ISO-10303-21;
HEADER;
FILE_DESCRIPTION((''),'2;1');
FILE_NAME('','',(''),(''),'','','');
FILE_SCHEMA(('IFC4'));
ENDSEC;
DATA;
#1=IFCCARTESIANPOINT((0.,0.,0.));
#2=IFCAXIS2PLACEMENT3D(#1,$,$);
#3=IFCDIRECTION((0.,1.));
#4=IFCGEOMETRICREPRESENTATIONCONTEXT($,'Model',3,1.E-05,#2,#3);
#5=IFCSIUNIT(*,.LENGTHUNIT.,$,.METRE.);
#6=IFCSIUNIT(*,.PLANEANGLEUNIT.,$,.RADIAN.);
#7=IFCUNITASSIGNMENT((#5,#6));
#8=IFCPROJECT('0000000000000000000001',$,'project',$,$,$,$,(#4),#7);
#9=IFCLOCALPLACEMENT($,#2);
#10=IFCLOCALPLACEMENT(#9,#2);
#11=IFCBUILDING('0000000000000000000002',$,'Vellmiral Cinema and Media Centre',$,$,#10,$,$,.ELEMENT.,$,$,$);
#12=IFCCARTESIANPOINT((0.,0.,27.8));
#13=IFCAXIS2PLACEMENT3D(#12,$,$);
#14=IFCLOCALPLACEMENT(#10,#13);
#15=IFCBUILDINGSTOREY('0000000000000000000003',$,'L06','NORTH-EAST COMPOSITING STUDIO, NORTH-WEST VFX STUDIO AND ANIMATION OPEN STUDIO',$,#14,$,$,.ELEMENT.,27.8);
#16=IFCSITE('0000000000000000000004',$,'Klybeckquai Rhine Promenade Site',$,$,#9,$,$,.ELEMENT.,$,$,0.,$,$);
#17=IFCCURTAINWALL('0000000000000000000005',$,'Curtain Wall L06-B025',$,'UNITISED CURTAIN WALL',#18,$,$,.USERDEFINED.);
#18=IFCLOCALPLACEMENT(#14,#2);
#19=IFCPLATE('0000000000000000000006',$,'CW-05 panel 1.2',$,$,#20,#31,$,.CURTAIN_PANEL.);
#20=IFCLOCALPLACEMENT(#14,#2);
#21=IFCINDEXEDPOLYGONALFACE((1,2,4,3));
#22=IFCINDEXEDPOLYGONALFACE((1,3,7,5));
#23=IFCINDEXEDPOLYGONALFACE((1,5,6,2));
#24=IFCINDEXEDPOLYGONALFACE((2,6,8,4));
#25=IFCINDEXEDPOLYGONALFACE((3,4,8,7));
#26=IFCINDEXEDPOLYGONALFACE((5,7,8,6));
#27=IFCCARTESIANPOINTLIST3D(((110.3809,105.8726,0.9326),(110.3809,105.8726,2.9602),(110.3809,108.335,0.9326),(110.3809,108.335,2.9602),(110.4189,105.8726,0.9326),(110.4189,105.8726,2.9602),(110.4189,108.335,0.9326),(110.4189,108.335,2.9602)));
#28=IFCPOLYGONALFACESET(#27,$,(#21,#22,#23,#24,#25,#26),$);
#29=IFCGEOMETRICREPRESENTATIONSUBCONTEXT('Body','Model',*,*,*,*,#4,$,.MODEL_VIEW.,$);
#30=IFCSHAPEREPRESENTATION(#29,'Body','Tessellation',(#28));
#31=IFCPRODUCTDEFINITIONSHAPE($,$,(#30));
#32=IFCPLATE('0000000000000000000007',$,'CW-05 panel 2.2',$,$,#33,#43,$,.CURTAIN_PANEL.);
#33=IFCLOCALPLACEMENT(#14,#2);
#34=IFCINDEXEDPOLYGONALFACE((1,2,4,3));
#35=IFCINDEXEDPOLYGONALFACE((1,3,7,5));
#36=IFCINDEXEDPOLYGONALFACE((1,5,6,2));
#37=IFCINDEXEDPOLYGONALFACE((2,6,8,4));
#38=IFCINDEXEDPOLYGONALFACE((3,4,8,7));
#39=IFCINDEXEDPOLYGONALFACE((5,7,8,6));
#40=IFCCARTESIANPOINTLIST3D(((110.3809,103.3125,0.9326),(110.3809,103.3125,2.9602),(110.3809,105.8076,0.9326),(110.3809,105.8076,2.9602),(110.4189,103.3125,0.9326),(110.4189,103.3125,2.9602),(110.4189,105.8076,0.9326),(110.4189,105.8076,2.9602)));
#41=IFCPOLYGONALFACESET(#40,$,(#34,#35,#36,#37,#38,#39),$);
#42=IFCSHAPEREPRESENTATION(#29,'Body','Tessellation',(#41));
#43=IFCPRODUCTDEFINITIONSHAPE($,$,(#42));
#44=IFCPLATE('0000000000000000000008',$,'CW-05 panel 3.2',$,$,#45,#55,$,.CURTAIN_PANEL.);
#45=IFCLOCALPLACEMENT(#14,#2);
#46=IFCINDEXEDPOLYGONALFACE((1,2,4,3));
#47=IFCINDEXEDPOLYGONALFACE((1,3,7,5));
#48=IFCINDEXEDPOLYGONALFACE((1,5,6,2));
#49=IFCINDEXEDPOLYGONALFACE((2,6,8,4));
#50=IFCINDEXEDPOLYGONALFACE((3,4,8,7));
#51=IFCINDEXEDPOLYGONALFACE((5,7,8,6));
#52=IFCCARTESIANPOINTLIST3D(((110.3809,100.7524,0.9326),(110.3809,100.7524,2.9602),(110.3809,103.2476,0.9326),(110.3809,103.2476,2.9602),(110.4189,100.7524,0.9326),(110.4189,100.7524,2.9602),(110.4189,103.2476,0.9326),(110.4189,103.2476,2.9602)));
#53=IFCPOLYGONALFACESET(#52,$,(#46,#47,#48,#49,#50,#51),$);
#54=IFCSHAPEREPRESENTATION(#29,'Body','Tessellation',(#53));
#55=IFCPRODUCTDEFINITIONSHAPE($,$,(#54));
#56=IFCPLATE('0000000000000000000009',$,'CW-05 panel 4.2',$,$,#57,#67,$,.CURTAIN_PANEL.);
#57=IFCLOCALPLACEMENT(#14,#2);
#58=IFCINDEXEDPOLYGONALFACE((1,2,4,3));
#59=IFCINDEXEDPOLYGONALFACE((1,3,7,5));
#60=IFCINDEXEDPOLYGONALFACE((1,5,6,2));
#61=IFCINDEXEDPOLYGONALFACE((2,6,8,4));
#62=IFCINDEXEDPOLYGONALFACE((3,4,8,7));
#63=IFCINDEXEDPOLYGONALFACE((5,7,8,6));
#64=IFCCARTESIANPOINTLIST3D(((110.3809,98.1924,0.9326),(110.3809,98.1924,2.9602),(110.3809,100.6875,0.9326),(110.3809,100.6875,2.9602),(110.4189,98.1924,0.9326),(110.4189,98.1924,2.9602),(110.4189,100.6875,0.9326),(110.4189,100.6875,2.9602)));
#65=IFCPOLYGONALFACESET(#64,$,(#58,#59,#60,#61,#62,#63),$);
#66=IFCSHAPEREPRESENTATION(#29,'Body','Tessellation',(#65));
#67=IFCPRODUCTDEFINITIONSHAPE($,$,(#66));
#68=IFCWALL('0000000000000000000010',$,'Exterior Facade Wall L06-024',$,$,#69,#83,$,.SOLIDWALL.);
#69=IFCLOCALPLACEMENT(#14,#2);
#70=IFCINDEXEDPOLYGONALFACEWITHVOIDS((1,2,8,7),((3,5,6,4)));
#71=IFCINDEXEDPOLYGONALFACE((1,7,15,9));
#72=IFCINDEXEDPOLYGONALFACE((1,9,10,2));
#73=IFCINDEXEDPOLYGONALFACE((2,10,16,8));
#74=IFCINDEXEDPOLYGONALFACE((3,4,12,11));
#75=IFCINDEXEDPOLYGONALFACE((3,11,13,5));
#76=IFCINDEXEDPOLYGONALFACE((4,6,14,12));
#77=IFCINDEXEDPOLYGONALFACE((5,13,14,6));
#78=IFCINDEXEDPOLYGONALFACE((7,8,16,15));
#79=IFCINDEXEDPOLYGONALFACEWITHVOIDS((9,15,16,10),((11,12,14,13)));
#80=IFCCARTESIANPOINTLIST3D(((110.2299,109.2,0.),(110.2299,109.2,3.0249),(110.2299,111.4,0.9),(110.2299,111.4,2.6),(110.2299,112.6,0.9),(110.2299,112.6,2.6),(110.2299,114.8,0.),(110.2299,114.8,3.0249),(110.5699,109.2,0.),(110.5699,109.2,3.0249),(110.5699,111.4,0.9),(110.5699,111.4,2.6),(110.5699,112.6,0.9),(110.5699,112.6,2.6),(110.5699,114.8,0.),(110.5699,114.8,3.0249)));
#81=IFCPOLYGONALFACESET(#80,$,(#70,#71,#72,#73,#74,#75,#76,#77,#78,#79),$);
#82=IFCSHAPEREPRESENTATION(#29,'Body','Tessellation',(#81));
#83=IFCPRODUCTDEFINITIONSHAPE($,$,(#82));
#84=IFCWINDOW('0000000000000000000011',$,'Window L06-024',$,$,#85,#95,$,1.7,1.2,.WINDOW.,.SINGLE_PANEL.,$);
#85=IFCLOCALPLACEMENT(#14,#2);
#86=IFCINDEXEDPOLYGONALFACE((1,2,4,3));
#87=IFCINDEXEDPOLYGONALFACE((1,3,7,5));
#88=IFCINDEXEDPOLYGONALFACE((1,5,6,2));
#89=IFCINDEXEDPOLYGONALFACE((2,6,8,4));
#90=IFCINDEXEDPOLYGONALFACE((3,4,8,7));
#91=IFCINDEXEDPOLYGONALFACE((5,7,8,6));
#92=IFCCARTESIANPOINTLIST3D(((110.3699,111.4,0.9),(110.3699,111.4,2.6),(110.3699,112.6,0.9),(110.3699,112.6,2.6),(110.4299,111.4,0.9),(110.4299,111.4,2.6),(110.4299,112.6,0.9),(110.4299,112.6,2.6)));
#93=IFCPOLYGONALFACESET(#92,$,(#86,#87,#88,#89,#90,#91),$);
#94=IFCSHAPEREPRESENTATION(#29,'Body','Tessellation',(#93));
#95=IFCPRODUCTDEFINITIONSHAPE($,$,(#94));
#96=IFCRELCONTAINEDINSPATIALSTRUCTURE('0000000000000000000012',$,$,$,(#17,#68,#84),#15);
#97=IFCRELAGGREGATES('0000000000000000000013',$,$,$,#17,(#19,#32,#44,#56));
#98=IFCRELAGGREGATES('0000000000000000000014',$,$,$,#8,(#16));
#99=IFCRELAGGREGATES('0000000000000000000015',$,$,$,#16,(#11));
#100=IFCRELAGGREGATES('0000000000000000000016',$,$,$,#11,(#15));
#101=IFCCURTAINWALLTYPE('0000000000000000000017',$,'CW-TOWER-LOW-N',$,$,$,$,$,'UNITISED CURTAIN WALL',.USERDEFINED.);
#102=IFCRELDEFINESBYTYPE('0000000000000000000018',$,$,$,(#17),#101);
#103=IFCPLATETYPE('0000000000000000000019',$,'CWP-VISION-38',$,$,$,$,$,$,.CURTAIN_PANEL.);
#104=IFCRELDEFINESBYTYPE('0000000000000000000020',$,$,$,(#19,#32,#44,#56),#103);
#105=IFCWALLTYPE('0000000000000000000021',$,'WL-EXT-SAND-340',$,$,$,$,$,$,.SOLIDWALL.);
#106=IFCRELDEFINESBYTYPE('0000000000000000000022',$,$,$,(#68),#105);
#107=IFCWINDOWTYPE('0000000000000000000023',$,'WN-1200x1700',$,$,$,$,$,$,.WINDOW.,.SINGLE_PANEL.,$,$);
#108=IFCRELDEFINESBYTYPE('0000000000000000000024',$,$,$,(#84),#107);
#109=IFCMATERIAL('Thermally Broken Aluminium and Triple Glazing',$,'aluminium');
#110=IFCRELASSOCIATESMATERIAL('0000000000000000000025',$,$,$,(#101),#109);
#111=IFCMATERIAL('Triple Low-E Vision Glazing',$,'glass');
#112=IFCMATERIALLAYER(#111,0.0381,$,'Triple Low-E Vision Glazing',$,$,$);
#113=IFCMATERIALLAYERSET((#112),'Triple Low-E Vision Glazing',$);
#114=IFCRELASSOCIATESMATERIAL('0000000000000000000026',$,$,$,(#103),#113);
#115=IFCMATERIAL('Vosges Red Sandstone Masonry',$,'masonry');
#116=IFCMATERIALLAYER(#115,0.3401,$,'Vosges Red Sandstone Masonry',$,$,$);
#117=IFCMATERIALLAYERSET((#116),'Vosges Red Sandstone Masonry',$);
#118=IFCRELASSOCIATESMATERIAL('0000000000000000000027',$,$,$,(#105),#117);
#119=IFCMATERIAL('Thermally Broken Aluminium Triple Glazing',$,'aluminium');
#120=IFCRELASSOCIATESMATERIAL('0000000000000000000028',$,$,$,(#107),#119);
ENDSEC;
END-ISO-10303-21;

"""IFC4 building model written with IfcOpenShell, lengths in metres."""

from ifc_helpers import new_model, si_unit, direction, frame, frame_2d, origin, origin_2d, place, context, subcontext, project, spatial, rectangle, extrude, material, layer, layer_set, type_object, element, fill, aggregate, save


model = new_model("IFC4")

# Units and contexts
model_context = context("Model", 3, precision=1e-05, world=origin(), true_north=direction((0.0, 1.0)))
body_context = subcontext(model_context, "Body", "Model", "MODEL_VIEW")
ifc_project = project(units=[si_unit("LENGTHUNIT", "METRE"), si_unit("PLANEANGLEUNIT", "RADIAN")], contexts=[model_context])

# Site, building, storey
site_placement = place(None, origin())
site = spatial("IfcSite", under=ifc_project, at=site_placement, Name="Klybeckquai Rhine Promenade Site", CompositionType="ELEMENT", RefElevation=0.0)
building_placement = place(site_placement, origin())
building = spatial("IfcBuilding", under=site, at=building_placement, Name="Vellmiral Cinema and Media Centre", CompositionType="ELEMENT")
storey_placement = place(building_placement, frame((0.0, 0.0, 27.8)))
storey = spatial("IfcBuildingStorey", under=building, at=storey_placement, Name="L06", Description="NORTH-EAST COMPOSITING STUDIO, NORTH-WEST VFX STUDIO AND ANIMATION OPEN STUDIO", CompositionType="ELEMENT", Elevation=27.8)

# Curtain wall
ifc_material_1 = material(Name="Thermally Broken Aluminium and Triple Glazing", Category="aluminium")
curtain_wall_type = type_object("IfcCurtainWallType", Name="CW-TOWER-LOW-N", ElementType="UNITISED CURTAIN WALL", PredefinedType="USERDEFINED", material=ifc_material_1)
curtain_wall_placement = place(storey_placement, origin())
curtain_wall = element("IfcCurtainWall", 1, at=curtain_wall_placement, inside=storey, type_object=curtain_wall_type, Name="Curtain Wall L06-B025", ObjectType="UNITISED CURTAIN WALL", PredefinedType="USERDEFINED")

# Plates
ifc_material_2 = material(Name="Triple Low-E Vision Glazing", Category="glass")
ifc_layer_1 = layer(ifc_material_2, 0.0381, Name="Triple Low-E Vision Glazing")
ifc_layer_set_1 = layer_set([ifc_layer_1], Name="Triple Low-E Vision Glazing")
plate_type_1 = type_object("IfcPlateType", Name="CWP-VISION-38", PredefinedType="CURTAIN_PANEL", material=ifc_layer_set_1)
plate_1_placement = place(storey_placement, frame((110.3999, 107.1038, 0.9326), z_axis=(0.0, 0.0, 1.0), x_axis=(0.0, -1.0, 0.0)))
plate_1 = element("IfcPlate", 2, at=plate_1_placement, type_object=plate_type_1, Name="CW-05 panel 1.2", PredefinedType="CURTAIN_PANEL", context=body_context, shape_type="SweptSolid", body=[
    extrude(rectangle(XDim=2.4624, YDim=0.0381, at=origin_2d()), origin(), (0.0, 0.0, 1.0), 2.0276),
])
plate_2_placement = place(storey_placement, frame((110.3999, 104.5601, 0.9326), z_axis=(0.0, 0.0, 1.0), x_axis=(0.0, -1.0, 0.0)))
plate_2 = element("IfcPlate", 3, at=plate_2_placement, type_object=plate_type_1, Name="CW-05 panel 2.2", PredefinedType="CURTAIN_PANEL", context=body_context, shape_type="SweptSolid", body=[
    extrude(rectangle(XDim=2.4951, YDim=0.0381, at=origin_2d()), origin(), (0.0, 0.0, 1.0), 2.0276),
])
plate_3_placement = place(storey_placement, frame((110.3999, 102.0, 0.9326), z_axis=(0.0, 0.0, 1.0), x_axis=(0.0, -1.0, 0.0)))
plate_3 = element("IfcPlate", 4, at=plate_3_placement, type_object=plate_type_1, Name="CW-05 panel 3.2", PredefinedType="CURTAIN_PANEL", context=body_context, shape_type="SweptSolid", body=[
    extrude(rectangle(XDim=2.4951, YDim=0.0381, at=origin_2d()), origin(), (0.0, 0.0, 1.0), 2.0276),
])
plate_4_placement = place(storey_placement, frame((110.3999, 99.4399, 0.9326), z_axis=(0.0, 0.0, 1.0), x_axis=(0.0, -1.0, 0.0)))
plate_4 = element("IfcPlate", 5, at=plate_4_placement, type_object=plate_type_1, Name="CW-05 panel 4.2", PredefinedType="CURTAIN_PANEL", context=body_context, shape_type="SweptSolid", body=[
    extrude(rectangle(XDim=2.4951, YDim=0.0381, at=origin_2d()), origin(), (0.0, 0.0, 1.0), 2.0276),
])
aggregate(curtain_wall, [plate_1, plate_2, plate_3, plate_4])

# Wall, opening, window
ifc_material_3 = material(Name="Vosges Red Sandstone Masonry", Category="masonry")
ifc_layer_2 = layer(ifc_material_3, 0.3401, Name="Vosges Red Sandstone Masonry")
ifc_layer_set_2 = layer_set([ifc_layer_2], Name="Vosges Red Sandstone Masonry")
wall_type = type_object("IfcWallType", Name="WL-EXT-SAND-340", PredefinedType="SOLIDWALL", material=ifc_layer_set_2)
wall_placement = place(storey_placement, frame((110.3999, 114.8, 0.0), z_axis=(0.0, 0.0, 1.0), x_axis=(0.0, -1.0, 0.0)))
wall = element("IfcWall", 6, at=wall_placement, inside=storey, type_object=wall_type, Name="Exterior Facade Wall L06-024", PredefinedType="SOLIDWALL", context=body_context, shape_type="SweptSolid", body=[
    extrude(rectangle(XDim=5.6001, YDim=0.3401, at=frame_2d((2.8, 0.0))), origin(), (0.0, 0.0, 1.0), 3.0249),
])
opening_placement = place(wall_placement, frame((2.2, 0.0, 0.8999)))
opening = element("IfcOpeningElement", 7, at=opening_placement, cuts=wall, PredefinedType="OPENING", context=body_context, shape_type="SweptSolid", body=[
    extrude(rectangle(XDim=1.2, YDim=1.7, at=frame_2d((0.6001, 0.8501))), frame((0.0, 0.1821, 0.0), z_axis=(0.0, -1.0, 0.0), x_axis=(1.0, 0.0, 0.0)), (0.0, 0.0, 1.0), 0.364),
])
ifc_material_4 = material(Name="Thermally Broken Aluminium Triple Glazing", Category="aluminium")
window_type = type_object("IfcWindowType", Name="WN-1200x1700", PartitioningType="SINGLE_PANEL", PredefinedType="WINDOW", material=ifc_material_4)
window_placement = place(opening_placement, origin())
window = element("IfcWindow", 8, at=window_placement, inside=storey, type_object=window_type, Name="Window L06-024", OverallHeight=1.7, OverallWidth=1.2, PartitioningType="SINGLE_PANEL", PredefinedType="WINDOW", context=body_context, shape_type="SweptSolid", body=[
    extrude(rectangle(XDim=1.2, YDim=1.7, at=frame_2d((0.6001, 0.8501))), frame((0.0, 0.03, 0.0), z_axis=(0.0, -1.0, 0.0), x_axis=(1.0, 0.0, 0.0)), (0.0, 0.0, 1.0), 0.0601),
])
fill(opening, window)

save(model, "model.ifc")
